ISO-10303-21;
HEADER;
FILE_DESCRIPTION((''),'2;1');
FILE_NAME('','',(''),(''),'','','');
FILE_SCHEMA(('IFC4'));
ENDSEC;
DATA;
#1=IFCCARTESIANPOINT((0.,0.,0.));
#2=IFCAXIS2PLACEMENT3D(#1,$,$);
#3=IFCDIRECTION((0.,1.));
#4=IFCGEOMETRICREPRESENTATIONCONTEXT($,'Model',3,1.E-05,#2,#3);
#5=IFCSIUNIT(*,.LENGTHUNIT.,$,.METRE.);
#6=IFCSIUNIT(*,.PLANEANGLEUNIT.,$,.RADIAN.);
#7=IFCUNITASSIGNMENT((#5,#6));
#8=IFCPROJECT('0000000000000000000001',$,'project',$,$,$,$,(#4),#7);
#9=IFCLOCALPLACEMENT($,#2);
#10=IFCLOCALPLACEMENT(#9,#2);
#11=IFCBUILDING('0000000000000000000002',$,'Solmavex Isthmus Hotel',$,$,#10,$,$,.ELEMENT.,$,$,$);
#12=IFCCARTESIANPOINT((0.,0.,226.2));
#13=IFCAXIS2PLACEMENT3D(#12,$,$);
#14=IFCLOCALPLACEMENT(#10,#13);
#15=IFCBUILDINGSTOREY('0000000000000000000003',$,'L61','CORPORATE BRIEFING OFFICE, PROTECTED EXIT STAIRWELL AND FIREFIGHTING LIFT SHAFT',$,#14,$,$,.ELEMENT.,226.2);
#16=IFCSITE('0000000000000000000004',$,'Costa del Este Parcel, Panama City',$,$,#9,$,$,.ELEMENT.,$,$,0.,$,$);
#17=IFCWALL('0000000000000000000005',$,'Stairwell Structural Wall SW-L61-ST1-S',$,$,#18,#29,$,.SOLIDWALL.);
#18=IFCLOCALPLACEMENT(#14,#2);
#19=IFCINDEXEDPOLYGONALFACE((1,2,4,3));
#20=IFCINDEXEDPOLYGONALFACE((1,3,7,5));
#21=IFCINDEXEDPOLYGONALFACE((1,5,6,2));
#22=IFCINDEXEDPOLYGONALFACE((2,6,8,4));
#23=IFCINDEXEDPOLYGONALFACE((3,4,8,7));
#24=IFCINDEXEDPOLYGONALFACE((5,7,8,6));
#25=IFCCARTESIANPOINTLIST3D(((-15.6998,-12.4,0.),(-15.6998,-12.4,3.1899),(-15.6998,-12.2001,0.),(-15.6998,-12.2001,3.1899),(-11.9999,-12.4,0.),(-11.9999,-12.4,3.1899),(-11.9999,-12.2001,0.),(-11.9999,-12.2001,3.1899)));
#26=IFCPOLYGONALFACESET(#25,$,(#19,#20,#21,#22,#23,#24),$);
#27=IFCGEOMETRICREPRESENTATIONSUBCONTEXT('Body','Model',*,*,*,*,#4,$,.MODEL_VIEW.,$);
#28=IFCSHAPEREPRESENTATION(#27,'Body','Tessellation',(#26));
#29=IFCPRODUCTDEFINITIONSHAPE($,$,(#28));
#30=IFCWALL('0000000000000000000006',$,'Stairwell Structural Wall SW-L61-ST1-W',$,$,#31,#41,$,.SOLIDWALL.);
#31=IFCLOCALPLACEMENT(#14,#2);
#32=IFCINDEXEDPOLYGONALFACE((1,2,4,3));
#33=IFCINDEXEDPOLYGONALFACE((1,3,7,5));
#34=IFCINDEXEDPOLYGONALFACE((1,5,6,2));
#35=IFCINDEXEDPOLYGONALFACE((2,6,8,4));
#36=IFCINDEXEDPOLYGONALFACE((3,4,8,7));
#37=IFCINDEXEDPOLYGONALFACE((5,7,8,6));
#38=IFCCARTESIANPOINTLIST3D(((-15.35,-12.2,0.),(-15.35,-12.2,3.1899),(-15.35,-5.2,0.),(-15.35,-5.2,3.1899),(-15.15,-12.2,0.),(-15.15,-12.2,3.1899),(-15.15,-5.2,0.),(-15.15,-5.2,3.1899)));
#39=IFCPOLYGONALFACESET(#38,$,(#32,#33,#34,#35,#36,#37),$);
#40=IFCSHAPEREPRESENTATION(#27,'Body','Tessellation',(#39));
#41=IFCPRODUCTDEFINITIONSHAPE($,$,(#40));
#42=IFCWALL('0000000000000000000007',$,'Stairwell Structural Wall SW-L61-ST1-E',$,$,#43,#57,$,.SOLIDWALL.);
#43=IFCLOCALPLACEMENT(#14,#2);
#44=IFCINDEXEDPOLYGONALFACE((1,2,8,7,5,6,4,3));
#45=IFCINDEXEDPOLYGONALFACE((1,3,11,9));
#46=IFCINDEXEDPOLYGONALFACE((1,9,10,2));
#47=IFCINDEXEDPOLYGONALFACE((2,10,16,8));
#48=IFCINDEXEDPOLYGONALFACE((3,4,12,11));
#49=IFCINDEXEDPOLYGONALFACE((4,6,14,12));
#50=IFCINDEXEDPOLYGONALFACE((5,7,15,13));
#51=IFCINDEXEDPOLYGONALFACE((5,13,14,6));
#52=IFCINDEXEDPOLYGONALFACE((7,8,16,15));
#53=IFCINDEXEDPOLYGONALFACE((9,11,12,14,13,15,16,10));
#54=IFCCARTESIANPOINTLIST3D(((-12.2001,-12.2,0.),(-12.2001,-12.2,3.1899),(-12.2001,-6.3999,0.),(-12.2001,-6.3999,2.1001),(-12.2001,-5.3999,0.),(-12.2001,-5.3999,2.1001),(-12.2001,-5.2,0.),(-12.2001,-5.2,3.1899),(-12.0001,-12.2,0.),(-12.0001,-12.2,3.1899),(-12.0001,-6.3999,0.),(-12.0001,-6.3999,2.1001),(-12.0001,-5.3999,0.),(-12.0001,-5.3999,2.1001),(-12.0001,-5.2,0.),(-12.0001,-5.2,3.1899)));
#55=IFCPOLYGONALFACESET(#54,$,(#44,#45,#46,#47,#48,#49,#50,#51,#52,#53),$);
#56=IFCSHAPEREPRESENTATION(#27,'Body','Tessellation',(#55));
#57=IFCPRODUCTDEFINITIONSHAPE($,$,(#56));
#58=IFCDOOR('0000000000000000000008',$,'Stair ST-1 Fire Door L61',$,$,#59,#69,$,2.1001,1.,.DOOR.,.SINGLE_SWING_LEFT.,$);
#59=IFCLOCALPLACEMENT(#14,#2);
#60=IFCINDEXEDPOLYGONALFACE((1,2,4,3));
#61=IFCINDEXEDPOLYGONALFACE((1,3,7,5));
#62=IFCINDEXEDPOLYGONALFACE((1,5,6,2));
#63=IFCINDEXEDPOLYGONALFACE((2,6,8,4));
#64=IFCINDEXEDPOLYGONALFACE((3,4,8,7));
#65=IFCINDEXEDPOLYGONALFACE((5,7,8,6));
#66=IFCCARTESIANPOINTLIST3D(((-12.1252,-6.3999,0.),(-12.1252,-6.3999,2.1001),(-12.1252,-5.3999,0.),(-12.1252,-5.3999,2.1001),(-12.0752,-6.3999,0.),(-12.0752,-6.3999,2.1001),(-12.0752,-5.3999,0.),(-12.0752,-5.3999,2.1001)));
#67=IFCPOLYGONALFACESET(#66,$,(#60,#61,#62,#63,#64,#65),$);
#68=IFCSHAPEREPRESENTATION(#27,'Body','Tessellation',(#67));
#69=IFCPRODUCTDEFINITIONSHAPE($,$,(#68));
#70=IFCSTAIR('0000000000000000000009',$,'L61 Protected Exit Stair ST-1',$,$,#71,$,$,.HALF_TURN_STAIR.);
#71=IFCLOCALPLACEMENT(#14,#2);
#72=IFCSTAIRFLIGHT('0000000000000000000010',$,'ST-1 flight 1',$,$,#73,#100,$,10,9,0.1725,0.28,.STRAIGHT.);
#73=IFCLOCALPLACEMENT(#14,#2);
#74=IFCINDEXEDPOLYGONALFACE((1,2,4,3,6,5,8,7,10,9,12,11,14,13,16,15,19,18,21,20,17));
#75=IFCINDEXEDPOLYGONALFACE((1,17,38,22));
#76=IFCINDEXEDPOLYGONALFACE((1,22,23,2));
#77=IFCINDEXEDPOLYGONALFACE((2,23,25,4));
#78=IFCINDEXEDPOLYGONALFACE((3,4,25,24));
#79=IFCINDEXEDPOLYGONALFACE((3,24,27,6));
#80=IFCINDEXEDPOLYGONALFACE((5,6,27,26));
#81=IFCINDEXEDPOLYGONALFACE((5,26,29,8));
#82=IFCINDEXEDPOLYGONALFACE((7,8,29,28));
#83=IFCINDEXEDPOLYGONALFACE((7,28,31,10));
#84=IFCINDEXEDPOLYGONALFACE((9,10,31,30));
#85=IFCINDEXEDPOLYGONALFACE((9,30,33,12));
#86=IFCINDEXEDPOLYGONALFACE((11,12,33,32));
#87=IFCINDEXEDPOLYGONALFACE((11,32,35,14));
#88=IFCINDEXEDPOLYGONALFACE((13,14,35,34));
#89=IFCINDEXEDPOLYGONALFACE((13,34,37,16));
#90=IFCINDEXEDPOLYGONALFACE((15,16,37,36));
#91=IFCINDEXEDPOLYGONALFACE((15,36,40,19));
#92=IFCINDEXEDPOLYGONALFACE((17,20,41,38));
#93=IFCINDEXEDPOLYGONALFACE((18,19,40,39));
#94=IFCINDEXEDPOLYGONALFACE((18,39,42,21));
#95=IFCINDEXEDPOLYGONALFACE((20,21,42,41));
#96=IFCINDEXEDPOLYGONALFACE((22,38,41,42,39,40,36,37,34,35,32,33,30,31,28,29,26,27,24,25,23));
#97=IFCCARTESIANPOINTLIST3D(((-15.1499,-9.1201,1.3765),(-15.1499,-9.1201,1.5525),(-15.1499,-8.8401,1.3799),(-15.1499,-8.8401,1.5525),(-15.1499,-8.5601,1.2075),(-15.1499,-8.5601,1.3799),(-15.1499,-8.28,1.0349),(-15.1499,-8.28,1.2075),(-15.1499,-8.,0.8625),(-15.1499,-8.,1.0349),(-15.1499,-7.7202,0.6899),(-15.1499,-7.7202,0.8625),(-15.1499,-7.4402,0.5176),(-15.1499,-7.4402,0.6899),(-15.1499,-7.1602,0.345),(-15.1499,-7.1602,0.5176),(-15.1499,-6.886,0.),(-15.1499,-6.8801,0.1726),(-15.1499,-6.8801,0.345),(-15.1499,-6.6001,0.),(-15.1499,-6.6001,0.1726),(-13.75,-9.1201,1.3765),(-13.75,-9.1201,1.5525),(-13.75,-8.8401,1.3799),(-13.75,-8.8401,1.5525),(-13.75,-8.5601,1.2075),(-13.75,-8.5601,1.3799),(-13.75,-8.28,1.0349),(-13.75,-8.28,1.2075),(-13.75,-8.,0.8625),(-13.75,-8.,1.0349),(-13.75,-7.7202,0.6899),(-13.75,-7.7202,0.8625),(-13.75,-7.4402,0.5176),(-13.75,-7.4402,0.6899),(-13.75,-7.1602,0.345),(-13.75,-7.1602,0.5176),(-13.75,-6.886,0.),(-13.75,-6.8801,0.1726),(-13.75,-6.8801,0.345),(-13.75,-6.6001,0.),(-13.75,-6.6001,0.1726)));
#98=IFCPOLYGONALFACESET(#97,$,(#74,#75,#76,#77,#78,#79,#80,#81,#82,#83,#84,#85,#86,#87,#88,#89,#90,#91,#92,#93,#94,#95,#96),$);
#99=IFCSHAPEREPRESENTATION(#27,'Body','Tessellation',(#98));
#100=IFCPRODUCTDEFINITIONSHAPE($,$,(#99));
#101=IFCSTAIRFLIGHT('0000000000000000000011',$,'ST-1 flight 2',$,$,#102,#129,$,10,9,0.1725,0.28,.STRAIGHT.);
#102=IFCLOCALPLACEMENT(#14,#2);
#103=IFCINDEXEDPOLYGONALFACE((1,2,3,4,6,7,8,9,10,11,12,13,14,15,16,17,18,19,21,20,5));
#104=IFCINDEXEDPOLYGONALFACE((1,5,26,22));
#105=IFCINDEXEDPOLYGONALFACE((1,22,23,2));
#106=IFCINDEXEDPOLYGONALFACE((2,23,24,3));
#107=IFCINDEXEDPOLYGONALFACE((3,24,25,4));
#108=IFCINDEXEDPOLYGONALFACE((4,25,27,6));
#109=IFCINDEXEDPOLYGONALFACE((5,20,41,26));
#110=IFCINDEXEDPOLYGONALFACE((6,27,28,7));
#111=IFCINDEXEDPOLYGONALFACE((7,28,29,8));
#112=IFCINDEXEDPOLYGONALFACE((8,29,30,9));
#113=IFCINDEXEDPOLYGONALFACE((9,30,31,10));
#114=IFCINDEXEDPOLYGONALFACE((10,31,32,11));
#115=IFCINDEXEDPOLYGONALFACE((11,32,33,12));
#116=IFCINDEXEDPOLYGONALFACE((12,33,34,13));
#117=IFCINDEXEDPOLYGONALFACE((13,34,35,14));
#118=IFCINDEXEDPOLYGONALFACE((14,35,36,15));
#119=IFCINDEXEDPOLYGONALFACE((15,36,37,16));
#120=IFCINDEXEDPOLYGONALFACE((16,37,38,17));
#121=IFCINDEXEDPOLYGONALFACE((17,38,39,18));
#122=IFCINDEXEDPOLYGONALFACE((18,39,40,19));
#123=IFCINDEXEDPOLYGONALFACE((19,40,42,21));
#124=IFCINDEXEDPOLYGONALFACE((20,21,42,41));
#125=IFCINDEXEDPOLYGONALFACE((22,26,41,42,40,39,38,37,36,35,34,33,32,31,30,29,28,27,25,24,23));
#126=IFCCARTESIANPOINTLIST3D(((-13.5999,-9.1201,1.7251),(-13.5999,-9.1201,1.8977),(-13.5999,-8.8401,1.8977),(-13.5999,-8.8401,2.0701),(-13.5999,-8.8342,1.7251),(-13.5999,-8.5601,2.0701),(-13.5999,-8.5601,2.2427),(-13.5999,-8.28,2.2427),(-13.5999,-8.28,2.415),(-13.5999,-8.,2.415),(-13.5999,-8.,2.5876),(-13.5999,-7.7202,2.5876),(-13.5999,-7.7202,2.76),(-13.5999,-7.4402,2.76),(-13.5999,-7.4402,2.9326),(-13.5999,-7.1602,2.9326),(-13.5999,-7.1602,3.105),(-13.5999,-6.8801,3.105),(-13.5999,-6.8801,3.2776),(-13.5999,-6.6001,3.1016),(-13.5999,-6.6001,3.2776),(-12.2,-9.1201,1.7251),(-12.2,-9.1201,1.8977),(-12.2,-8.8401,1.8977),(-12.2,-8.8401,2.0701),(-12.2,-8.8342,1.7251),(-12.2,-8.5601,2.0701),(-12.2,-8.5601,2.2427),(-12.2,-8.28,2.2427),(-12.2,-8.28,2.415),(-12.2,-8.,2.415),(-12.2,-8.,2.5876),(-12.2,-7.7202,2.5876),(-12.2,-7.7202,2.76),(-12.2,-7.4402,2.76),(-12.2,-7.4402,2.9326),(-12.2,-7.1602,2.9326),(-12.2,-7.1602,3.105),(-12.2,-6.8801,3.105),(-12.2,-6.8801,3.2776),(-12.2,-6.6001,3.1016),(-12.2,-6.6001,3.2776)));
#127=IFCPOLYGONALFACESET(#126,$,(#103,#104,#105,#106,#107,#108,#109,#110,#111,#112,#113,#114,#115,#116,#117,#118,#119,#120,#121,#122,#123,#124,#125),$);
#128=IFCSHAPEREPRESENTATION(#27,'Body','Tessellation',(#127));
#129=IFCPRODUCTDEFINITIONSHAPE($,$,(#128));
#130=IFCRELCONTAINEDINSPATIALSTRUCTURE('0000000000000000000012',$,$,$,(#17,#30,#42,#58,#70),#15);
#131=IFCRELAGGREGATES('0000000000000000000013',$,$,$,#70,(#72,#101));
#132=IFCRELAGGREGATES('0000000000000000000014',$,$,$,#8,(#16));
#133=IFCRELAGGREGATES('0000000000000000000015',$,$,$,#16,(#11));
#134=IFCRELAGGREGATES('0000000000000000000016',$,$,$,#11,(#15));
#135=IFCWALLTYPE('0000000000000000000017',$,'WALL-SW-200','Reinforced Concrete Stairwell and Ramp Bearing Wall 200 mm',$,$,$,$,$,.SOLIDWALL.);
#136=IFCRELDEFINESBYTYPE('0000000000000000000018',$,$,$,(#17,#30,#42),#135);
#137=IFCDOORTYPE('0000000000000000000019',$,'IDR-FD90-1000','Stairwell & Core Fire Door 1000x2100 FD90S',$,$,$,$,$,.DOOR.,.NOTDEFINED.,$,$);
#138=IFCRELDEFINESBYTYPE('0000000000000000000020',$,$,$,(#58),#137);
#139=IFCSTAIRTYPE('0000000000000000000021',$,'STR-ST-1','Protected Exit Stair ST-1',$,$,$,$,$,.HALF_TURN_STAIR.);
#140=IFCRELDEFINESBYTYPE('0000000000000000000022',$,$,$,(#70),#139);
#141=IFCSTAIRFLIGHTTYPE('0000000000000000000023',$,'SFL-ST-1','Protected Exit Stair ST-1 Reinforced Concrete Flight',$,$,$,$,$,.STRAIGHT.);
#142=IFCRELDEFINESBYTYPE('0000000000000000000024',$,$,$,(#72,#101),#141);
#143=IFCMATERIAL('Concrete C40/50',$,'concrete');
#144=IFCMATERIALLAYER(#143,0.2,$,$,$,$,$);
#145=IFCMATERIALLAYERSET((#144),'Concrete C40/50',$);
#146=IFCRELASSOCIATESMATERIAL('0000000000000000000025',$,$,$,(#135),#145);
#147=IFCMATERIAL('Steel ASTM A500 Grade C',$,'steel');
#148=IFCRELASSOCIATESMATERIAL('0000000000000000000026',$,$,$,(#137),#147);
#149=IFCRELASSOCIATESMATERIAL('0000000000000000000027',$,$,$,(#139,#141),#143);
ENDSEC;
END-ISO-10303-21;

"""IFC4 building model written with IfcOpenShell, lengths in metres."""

from ifc_helpers import new_model, si_unit, direction, frame, frame_2d, origin, place, context, subcontext, project, spatial, polyline, rectangle, outline, extrude, material, layer, layer_set, type_object, element, fill, aggregate, save


model = new_model("IFC4")

# Units and contexts
model_context = context("Model", 3, precision=1e-05, world=origin(), true_north=direction((0.0, 1.0)))
body_context = subcontext(model_context, "Body", "Model", "MODEL_VIEW")
ifc_project = project(units=[si_unit("LENGTHUNIT", "METRE"), si_unit("PLANEANGLEUNIT", "RADIAN")], contexts=[model_context])

# Site, building, storey
site_placement = place(None, origin())
site = spatial("IfcSite", under=ifc_project, at=site_placement, Name="Costa del Este Parcel, Panama City", CompositionType="ELEMENT", RefElevation=0.0)
building_placement = place(site_placement, origin())
building = spatial("IfcBuilding", under=site, at=building_placement, Name="Solmavex Isthmus Hotel", CompositionType="ELEMENT")
storey_placement = place(building_placement, frame((0.0, 0.0, 226.2)))
storey = spatial("IfcBuildingStorey", under=building, at=storey_placement, Name="L61", Description="CORPORATE BRIEFING OFFICE, PROTECTED EXIT STAIRWELL AND FIREFIGHTING LIFT SHAFT", CompositionType="ELEMENT", Elevation=226.2)

# Shared definitions
ifc_material_1 = material(Name="Concrete C40/50", Category="concrete")

# Walls
ifc_layer_1 = layer(ifc_material_1, 0.2)
ifc_layer_set_1 = layer_set([ifc_layer_1], Name="Concrete C40/50")
wall_type_1 = type_object("IfcWallType", Name="WALL-SW-200", Description="Reinforced Concrete Stairwell and Ramp Bearing Wall 200 mm", PredefinedType="SOLIDWALL", material=ifc_layer_set_1)
wall_1_placement = place(storey_placement, frame((-15.7, -12.3, 0.0), z_axis=(0.0, 0.0, 1.0), x_axis=(1.0, 0.0, 0.0)))
element("IfcWall", 1, at=wall_1_placement, inside=storey, type_object=wall_type_1, Name="Stairwell Structural Wall SW-L61-ST1-S", PredefinedType="SOLIDWALL", context=body_context, shape_type="SweptSolid", body=[
    extrude(rectangle(XDim=3.7, YDim=0.2, at=frame_2d((1.8501, 0.0))), origin(), (0.0, 0.0, 1.0), 3.1899),
])
wall_2_placement = place(storey_placement, frame((-15.25, -12.2, 0.0), z_axis=(0.0, 0.0, 1.0), x_axis=(0.0, 1.0, 0.0)))
element("IfcWall", 2, at=wall_2_placement, inside=storey, type_object=wall_type_1, Name="Stairwell Structural Wall SW-L61-ST1-W", PredefinedType="SOLIDWALL", context=body_context, shape_type="SweptSolid", body=[
    extrude(rectangle(XDim=7.0, YDim=0.2, at=frame_2d((3.5, 0.0))), origin(), (0.0, 0.0, 1.0), 3.1899),
])

# Wall, opening, door
wall_3_placement = place(storey_placement, frame((-12.1001, -12.2, 0.0), z_axis=(0.0, 0.0, 1.0), x_axis=(0.0, 1.0, 0.0)))
wall_3 = element("IfcWall", 3, at=wall_3_placement, inside=storey, type_object=wall_type_1, Name="Stairwell Structural Wall SW-L61-ST1-E", PredefinedType="SOLIDWALL", context=body_context, shape_type="SweptSolid", body=[
    extrude(rectangle(XDim=7.0, YDim=0.2, at=frame_2d((3.5, 0.0))), origin(), (0.0, 0.0, 1.0), 3.1899),
])
opening_1_placement = place(wall_3_placement, frame((5.8, 0.0, 0.0)))
opening_1 = element("IfcOpeningElement", 4, at=opening_1_placement, cuts=wall_3, PredefinedType="OPENING", context=body_context, shape_type="SweptSolid", body=[
    extrude(rectangle(XDim=1.0, YDim=2.1001, at=frame_2d((0.5, 1.05))), frame((0.0, 0.1099, 0.0), z_axis=(0.0, -1.0, 0.0), x_axis=(1.0, 0.0, 0.0)), (0.0, 0.0, 1.0), 0.22),
])
ifc_material_2 = material(Name="Steel ASTM A500 Grade C", Category="steel")
door_type_1 = type_object("IfcDoorType", Name="IDR-FD90-1000", Description="Stairwell & Core Fire Door 1000x2100 FD90S", OperationType="NOTDEFINED", PredefinedType="DOOR", material=ifc_material_2)
door_1_placement = place(opening_1_placement, frame((1.0, 0.0, 0.0), z_axis=(0.0, 0.0, 1.0), x_axis=(-1.0, 0.0, 0.0)))
door_1 = element("IfcDoor", 5, at=door_1_placement, inside=storey, type_object=door_type_1, Name="Stair ST-1 Fire Door L61", OperationType="SINGLE_SWING_LEFT", OverallHeight=2.1001, OverallWidth=1.0, PredefinedType="DOOR", context=body_context, shape_type="SweptSolid", body=[
    extrude(rectangle(XDim=1.0, YDim=2.1001, at=frame_2d((0.5, 1.05))), frame((0.0, 0.0249, 0.0), z_axis=(0.0, -1.0, 0.0), x_axis=(1.0, 0.0, 0.0)), (0.0, 0.0, 1.0), 0.05),
])
fill(opening_1, door_1)

# Stair, stair flights
stair_type = type_object("IfcStairType", Name="STR-ST-1", Description="Protected Exit Stair ST-1", PredefinedType="HALF_TURN_STAIR", material=ifc_material_1)
stair_placement = place(storey_placement, origin())
stair = element("IfcStair", 6, at=stair_placement, inside=storey, type_object=stair_type, Name="L61 Protected Exit Stair ST-1", PredefinedType="HALF_TURN_STAIR")
stair_flight_type = type_object("IfcStairFlightType", Name="SFL-ST-1", Description="Protected Exit Stair ST-1 Reinforced Concrete Flight", PredefinedType="STRAIGHT", material=ifc_material_1)
stair_flight_1_placement = place(storey_placement, frame((-14.45, -6.6001, 0.0), z_axis=(0.0, 0.0, 1.0), x_axis=(0.0, -1.0, 0.0)))
stair_flight_1 = element("IfcStairFlight", 7, at=stair_flight_1_placement, type_object=stair_flight_type, Name="ST-1 flight 1", NumberOfRisers=10, NumberOfTreads=9, PredefinedType="STRAIGHT", RiserHeight=0.1725, TreadLength=0.28, context=body_context, shape_type="SweptSolid", body=[
    extrude(outline(polyline([(0.0, 0.0), (0.0, 0.1726), (0.28, 0.1726), (0.28, 0.345), (0.5601, 0.345), (0.5601, 0.5176), (0.8401, 0.5176), (0.8401, 0.6899), (1.1201, 0.6899), (1.1201, 0.8625), (1.3999, 0.8625), (1.3999, 1.0349), (1.6799, 1.0349), (1.6799, 1.2075), (1.96, 1.2075), (1.96, 1.3799), (2.24, 1.3799), (2.24, 1.5525), (2.52, 1.5525), (2.52, 1.7251), (2.52, 1.3765), (0.2859, 0.0), (0.0, 0.0)])), frame((0.0, 0.7, 0.0), z_axis=(0.0, -1.0, 0.0), x_axis=(1.0, 0.0, 0.0)), (0.0, 0.0, 1.0), 1.3999),
])
stair_flight_2_placement = place(storey_placement, frame((-12.8999, -9.1201, 1.7251), z_axis=(0.0, 0.0, 1.0), x_axis=(0.0, 1.0, 0.0)))
stair_flight_2 = element("IfcStairFlight", 8, at=stair_flight_2_placement, type_object=stair_flight_type, Name="ST-1 flight 2", NumberOfRisers=10, NumberOfTreads=9, PredefinedType="STRAIGHT", RiserHeight=0.1725, TreadLength=0.28, context=body_context, shape_type="SweptSolid", body=[
    extrude(outline(polyline([(0.0, 0.0), (0.0, 0.1726), (0.28, 0.1726), (0.28, 0.345), (0.5601, 0.345), (0.5601, 0.5176), (0.8401, 0.5176), (0.8401, 0.6899), (1.1201, 0.6899), (1.1201, 0.8625), (1.3999, 0.8625), (1.3999, 1.0349), (1.6799, 1.0349), (1.6799, 1.2075), (1.96, 1.2075), (1.96, 1.3799), (2.24, 1.3799), (2.24, 1.5525), (2.52, 1.5525), (2.52, 1.7251), (2.52, 1.3765), (0.2859, 0.0), (0.0, 0.0)])), frame((0.0, 0.7, 0.0), z_axis=(0.0, -1.0, 0.0), x_axis=(1.0, 0.0, 0.0)), (0.0, 0.0, 1.0), 1.3999),
])
aggregate(stair, [stair_flight_1, stair_flight_2])

save(model, "model.ifc")
